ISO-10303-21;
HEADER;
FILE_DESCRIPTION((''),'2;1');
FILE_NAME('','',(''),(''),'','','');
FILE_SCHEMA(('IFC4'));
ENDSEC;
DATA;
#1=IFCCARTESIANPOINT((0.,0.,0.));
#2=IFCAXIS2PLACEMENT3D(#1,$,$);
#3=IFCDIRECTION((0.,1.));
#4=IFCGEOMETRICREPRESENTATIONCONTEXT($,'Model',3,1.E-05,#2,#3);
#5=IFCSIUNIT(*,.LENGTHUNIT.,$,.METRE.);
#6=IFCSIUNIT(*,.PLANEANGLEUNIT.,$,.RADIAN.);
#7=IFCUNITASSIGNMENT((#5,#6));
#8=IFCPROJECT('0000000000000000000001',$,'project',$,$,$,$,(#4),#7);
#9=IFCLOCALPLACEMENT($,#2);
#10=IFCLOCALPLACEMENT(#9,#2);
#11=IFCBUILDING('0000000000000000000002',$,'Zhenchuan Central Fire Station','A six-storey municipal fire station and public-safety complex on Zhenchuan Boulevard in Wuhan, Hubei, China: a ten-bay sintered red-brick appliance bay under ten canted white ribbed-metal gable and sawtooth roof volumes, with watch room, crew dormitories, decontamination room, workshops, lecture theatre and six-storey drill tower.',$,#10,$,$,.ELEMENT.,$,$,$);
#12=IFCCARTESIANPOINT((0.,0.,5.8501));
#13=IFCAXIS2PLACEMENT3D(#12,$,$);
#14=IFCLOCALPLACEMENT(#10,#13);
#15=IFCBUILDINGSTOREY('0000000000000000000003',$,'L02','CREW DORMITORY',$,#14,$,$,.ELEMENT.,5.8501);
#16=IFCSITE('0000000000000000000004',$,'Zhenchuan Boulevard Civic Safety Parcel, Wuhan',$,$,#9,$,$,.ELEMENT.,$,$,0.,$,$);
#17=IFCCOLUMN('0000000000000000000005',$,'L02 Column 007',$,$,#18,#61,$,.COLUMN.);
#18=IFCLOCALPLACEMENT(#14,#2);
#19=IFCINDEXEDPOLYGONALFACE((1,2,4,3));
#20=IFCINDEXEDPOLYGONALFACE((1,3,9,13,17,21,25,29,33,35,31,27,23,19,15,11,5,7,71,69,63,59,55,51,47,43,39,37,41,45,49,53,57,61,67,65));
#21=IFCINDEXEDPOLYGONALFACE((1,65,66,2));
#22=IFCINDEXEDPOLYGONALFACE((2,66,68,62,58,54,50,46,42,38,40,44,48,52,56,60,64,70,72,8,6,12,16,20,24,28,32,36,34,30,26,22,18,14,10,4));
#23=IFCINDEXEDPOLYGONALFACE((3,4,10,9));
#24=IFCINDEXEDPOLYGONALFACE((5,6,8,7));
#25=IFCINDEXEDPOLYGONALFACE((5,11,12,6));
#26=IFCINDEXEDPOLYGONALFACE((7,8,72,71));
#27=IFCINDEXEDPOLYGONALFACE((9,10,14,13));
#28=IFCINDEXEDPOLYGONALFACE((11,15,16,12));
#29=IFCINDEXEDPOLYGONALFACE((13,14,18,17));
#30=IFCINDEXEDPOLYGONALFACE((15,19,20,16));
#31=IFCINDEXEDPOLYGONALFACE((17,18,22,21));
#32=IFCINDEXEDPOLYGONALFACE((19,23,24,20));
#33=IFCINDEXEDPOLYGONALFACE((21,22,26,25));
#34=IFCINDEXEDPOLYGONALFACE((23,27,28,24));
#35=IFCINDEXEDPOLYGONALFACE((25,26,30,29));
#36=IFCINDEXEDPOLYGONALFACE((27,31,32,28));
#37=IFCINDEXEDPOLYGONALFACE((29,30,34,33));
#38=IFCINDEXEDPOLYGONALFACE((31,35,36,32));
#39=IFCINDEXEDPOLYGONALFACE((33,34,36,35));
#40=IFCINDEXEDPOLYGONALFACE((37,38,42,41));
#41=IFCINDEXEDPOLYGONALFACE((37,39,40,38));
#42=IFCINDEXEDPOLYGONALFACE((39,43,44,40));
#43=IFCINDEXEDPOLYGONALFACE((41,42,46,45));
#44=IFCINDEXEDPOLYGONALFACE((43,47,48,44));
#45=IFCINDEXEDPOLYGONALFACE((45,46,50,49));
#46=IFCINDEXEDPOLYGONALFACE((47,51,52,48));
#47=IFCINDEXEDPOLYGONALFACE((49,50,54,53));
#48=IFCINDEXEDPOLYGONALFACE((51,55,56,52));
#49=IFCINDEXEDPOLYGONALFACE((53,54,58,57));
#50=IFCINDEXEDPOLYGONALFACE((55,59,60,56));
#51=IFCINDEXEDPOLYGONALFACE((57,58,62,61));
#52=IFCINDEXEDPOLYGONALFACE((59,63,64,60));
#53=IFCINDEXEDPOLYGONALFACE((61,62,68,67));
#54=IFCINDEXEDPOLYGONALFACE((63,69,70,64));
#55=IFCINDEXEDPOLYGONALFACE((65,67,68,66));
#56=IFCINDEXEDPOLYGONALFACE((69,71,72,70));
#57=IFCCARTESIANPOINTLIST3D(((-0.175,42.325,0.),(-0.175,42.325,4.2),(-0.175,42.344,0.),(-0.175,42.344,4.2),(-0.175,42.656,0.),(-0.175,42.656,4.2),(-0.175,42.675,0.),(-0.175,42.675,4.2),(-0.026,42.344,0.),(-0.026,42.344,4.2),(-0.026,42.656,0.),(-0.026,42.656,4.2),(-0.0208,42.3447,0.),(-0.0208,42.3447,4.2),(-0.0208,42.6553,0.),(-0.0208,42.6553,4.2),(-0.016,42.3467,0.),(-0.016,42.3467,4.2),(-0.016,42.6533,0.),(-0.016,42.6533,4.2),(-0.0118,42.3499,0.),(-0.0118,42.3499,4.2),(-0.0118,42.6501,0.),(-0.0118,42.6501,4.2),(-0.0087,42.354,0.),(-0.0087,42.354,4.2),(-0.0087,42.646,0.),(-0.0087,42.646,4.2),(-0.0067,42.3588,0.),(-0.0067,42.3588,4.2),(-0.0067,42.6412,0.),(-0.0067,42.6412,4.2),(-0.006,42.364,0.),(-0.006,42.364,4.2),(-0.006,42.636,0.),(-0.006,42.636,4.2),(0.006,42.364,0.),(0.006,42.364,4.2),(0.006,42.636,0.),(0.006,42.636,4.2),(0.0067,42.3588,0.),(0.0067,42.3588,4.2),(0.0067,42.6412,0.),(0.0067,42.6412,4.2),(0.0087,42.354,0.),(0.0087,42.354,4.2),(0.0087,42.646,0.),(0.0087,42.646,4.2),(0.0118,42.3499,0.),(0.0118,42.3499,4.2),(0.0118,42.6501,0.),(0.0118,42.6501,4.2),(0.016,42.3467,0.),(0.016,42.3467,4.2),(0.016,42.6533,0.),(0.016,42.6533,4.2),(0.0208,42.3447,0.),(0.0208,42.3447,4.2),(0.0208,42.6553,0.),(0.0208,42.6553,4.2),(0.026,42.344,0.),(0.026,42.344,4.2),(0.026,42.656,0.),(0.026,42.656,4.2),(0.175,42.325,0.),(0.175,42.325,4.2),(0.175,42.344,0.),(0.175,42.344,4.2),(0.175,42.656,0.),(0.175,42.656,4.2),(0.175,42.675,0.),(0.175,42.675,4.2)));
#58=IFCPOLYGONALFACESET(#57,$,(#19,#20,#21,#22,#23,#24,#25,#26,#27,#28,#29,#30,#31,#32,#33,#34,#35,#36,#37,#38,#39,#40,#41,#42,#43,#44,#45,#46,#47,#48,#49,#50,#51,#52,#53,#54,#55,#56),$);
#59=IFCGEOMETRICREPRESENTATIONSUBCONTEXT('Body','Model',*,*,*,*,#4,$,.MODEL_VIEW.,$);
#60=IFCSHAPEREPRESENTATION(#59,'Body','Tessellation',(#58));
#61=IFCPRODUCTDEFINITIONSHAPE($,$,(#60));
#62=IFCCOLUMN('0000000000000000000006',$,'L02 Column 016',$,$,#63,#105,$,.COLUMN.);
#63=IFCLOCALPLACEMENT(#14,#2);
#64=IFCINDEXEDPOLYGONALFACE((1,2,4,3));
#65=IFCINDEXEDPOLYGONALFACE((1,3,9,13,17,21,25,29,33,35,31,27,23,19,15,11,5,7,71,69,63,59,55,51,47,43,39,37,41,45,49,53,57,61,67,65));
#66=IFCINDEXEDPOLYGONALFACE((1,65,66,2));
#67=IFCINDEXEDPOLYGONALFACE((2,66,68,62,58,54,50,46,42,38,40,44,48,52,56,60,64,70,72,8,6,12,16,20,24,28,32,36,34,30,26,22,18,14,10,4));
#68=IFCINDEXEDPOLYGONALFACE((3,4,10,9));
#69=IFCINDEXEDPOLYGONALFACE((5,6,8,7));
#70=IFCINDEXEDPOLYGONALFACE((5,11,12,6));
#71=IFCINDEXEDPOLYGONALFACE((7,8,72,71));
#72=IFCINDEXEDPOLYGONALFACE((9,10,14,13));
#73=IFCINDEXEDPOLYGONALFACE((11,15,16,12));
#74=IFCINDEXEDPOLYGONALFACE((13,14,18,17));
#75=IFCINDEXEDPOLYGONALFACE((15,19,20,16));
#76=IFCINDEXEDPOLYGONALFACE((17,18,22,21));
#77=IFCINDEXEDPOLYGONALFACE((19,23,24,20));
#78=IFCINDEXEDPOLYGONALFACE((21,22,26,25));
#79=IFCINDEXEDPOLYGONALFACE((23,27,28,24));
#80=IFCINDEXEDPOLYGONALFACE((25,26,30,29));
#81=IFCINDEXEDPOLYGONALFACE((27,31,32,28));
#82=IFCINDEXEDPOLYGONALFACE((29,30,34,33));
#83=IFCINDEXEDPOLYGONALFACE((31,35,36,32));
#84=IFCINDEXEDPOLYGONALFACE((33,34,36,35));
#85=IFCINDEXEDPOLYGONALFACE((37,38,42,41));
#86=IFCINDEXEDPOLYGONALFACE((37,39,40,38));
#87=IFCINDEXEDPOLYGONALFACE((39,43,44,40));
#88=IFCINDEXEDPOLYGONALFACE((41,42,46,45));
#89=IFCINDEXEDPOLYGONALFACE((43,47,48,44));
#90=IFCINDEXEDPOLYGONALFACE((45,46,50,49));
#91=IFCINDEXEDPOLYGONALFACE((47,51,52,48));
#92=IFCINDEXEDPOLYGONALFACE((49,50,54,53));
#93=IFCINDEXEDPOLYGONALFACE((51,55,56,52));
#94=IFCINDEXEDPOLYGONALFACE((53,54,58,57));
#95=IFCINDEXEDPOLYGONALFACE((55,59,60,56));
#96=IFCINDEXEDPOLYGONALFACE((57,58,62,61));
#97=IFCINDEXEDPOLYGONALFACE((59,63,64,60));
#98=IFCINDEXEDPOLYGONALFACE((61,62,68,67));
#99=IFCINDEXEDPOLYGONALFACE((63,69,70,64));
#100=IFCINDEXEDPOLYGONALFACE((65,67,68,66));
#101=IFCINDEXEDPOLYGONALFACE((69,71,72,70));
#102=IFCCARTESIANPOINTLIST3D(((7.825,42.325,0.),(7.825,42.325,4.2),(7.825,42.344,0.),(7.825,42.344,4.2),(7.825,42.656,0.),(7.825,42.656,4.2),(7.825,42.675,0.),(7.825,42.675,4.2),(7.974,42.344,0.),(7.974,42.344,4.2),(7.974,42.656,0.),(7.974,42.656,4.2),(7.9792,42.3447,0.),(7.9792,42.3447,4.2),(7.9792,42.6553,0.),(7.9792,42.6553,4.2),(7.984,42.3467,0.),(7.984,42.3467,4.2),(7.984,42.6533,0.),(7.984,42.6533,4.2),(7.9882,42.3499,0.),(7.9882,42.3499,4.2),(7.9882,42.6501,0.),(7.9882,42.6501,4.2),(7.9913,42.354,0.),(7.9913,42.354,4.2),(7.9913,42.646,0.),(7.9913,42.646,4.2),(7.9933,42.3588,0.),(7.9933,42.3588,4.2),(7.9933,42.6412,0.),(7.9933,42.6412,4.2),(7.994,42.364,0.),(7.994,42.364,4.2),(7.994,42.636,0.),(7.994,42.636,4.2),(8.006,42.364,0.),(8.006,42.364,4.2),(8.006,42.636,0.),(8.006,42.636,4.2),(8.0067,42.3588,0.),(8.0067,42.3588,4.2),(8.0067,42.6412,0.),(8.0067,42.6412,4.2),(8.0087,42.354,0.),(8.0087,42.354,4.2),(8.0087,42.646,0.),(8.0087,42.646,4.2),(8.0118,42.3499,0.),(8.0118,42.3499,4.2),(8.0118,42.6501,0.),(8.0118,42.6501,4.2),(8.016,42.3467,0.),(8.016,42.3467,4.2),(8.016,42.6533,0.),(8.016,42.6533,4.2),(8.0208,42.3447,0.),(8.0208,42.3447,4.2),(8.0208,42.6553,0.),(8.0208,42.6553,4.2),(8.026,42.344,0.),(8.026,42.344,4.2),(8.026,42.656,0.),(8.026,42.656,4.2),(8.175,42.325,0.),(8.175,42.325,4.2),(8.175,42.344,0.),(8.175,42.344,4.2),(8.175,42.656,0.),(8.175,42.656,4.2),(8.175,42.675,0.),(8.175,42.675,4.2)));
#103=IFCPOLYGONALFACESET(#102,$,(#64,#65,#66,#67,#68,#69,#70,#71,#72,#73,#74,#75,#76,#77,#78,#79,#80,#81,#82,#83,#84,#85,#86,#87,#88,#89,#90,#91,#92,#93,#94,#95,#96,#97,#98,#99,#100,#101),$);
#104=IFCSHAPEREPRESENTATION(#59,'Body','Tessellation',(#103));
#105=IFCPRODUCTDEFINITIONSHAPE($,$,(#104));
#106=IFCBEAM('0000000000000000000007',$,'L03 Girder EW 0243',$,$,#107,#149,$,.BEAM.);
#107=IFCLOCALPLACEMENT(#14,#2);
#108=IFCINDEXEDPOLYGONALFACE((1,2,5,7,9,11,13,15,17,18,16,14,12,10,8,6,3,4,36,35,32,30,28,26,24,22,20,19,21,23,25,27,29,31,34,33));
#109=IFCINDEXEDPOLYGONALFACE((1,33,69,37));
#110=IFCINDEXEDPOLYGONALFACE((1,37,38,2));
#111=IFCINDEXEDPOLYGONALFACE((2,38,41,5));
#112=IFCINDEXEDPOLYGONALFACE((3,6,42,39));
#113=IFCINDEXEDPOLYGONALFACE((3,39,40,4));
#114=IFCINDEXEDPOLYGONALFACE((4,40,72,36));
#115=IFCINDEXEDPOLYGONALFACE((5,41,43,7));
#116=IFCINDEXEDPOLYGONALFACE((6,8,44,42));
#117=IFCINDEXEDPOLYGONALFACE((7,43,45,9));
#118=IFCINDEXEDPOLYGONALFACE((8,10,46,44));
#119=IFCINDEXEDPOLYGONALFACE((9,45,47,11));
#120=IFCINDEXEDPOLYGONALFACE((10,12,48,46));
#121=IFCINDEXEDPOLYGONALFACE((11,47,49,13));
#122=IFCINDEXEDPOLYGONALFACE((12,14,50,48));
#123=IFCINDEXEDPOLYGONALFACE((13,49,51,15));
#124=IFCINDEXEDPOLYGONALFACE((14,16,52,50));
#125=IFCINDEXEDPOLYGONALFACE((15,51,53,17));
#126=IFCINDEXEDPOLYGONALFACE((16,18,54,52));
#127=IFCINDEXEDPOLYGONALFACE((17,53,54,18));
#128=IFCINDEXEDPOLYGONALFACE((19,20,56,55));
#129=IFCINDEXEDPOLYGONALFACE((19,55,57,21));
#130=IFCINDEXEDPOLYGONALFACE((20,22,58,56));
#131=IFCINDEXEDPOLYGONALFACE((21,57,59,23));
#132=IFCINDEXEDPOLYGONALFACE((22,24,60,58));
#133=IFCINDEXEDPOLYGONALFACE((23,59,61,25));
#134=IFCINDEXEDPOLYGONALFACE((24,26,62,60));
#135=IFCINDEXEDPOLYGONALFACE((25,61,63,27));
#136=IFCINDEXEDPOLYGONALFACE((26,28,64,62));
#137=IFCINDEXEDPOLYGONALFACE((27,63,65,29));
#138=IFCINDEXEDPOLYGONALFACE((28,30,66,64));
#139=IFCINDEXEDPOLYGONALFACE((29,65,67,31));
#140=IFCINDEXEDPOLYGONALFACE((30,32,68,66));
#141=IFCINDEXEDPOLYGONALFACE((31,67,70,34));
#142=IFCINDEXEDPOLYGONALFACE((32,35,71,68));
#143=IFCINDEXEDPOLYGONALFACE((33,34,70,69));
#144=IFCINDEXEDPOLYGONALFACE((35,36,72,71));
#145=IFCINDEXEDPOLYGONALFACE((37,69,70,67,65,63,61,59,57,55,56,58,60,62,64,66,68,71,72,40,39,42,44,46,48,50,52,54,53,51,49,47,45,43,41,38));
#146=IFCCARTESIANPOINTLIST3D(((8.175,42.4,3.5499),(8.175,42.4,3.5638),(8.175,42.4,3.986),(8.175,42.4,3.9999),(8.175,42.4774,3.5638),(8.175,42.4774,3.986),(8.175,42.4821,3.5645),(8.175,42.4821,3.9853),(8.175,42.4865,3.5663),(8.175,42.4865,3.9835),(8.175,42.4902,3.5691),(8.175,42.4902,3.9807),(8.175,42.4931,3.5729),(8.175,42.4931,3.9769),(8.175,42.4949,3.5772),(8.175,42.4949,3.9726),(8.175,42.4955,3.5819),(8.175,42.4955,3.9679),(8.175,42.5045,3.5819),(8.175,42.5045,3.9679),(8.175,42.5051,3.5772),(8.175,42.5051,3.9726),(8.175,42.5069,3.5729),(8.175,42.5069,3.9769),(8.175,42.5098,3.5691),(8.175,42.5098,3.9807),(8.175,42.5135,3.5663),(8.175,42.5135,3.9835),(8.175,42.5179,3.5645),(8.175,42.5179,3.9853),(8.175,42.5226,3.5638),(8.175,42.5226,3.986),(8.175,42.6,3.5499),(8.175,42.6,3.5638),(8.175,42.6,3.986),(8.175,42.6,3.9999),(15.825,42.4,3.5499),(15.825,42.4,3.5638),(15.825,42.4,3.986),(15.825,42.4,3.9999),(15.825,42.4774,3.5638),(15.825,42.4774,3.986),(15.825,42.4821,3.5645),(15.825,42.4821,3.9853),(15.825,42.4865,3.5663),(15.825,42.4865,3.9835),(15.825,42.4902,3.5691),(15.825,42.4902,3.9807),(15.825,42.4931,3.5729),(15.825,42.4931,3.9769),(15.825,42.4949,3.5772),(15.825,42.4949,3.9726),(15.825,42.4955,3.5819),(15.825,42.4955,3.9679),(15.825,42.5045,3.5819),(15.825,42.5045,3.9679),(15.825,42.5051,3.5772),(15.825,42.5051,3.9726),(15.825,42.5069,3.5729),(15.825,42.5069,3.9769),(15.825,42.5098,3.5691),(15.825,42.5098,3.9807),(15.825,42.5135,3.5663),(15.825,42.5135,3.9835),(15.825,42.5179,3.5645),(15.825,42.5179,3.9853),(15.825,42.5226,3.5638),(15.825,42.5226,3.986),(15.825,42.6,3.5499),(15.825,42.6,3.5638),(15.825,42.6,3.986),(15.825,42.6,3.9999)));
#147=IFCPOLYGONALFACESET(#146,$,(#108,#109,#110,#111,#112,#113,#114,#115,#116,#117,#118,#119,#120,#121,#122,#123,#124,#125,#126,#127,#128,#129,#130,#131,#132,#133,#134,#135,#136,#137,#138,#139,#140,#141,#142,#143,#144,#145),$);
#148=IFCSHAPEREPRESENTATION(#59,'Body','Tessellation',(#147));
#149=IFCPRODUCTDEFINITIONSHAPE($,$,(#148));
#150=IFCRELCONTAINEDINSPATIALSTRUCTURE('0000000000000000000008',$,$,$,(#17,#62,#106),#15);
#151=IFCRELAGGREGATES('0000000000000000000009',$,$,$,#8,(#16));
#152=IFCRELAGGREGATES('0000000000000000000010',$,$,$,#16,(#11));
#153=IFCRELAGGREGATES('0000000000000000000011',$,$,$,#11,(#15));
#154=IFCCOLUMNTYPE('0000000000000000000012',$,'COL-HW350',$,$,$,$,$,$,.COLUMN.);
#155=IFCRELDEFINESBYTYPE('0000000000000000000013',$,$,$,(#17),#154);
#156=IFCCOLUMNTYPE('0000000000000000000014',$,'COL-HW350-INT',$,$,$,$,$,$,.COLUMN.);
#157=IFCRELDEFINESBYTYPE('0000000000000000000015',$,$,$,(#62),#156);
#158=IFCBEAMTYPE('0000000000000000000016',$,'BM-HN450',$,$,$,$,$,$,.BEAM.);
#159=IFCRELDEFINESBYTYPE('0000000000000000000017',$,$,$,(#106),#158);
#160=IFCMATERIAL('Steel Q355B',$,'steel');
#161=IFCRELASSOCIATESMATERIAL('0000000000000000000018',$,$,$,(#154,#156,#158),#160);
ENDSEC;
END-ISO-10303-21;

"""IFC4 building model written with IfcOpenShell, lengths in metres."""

from ifc_helpers import new_model, si_unit, direction, frame, origin, origin_2d, place, context, subcontext, project, spatial, i_section, extrude, material, material_profile, profile_set, type_object, element, save


model = new_model("IFC4")

# Units and contexts
model_context = context("Model", 3, precision=1e-05, world=origin(), true_north=direction((0.0, 1.0)))
body_context = subcontext(model_context, "Body", "Model", "MODEL_VIEW")
ifc_project = project(units=[si_unit("LENGTHUNIT", "METRE"), si_unit("PLANEANGLEUNIT", "RADIAN")], contexts=[model_context])

# Site, building, storey
site_placement = place(None, origin())
site = spatial("IfcSite", under=ifc_project, at=site_placement, Name="Zhenchuan Boulevard Civic Safety Parcel, Wuhan", CompositionType="ELEMENT", RefElevation=0.0)
building_placement = place(site_placement, origin())
building = spatial("IfcBuilding", under=site, at=building_placement, Name="Zhenchuan Central Fire Station", Description="A six-storey municipal fire station and public-safety complex on Zhenchuan Boulevard in Wuhan, Hubei, China: a ten-bay sintered red-brick appliance bay under ten canted white ribbed-metal gable and sawtooth roof volumes, with watch room, crew dormitories, decontamination room, workshops, lecture theatre and six-storey drill tower.", CompositionType="ELEMENT")
storey_placement = place(building_placement, frame((0.0, 0.0, 5.8501)))
storey = spatial("IfcBuildingStorey", under=building, at=storey_placement, Name="L02", Description="CREW DORMITORY", CompositionType="ELEMENT", Elevation=5.8501)

# Columns
ifc_material_1 = material(Name="Steel Q355B", Category="steel")
ifc_material_profile_1 = material_profile(ifc_material_1, i_section(OverallWidth=0.3501, OverallDepth=0.3501, WebThickness=0.012, FlangeThickness=0.019, FilletRadius=0.02, at=origin_2d()), Name="HW 350x350")
ifc_profile_set_1 = profile_set([ifc_material_profile_1], Name="Steel Q355B")
column_type_1 = type_object("IfcColumnType", Name="COL-HW350", PredefinedType="COLUMN", material=ifc_profile_set_1)
column_1_placement = place(storey_placement, frame((0.0, 42.5, 0.0), z_axis=(0.0, 0.0, 1.0), x_axis=(1.0, 0.0, 0.0)))
element("IfcColumn", 1, at=column_1_placement, inside=storey, type_object=column_type_1, Name="L02 Column 007", PredefinedType="COLUMN", context=body_context, shape_type="SweptSolid", body=[
    extrude(i_section(OverallWidth=0.3501, OverallDepth=0.3501, WebThickness=0.012, FlangeThickness=0.019, FilletRadius=0.02, at=origin_2d()), origin(), (0.0, 0.0, 1.0), 4.2),
])
ifc_material_profile_2 = material_profile(ifc_material_1, i_section(OverallWidth=0.3501, OverallDepth=0.3501, WebThickness=0.012, FlangeThickness=0.019, FilletRadius=0.02, at=origin_2d()), Name="HW 350x350")
ifc_profile_set_2 = profile_set([ifc_material_profile_2], Name="Steel Q355B")
column_type_2 = type_object("IfcColumnType", Name="COL-HW350-INT", PredefinedType="COLUMN", material=ifc_profile_set_2)
column_2_placement = place(storey_placement, frame((8.0, 42.5, 0.0), z_axis=(0.0, 0.0, 1.0), x_axis=(1.0, 0.0, 0.0)))
element("IfcColumn", 2, at=column_2_placement, inside=storey, type_object=column_type_2, Name="L02 Column 016", PredefinedType="COLUMN", context=body_context, shape_type="SweptSolid", body=[
    extrude(i_section(OverallWidth=0.3501, OverallDepth=0.3501, WebThickness=0.012, FlangeThickness=0.019, FilletRadius=0.02, at=origin_2d()), origin(), (0.0, 0.0, 1.0), 4.2),
])

# Beam
ifc_material_profile_3 = material_profile(ifc_material_1, i_section(OverallWidth=0.2, OverallDepth=0.45, WebThickness=0.009, FlangeThickness=0.0139, FilletRadius=0.0181, at=origin_2d()), Name="HN 450x200")
ifc_profile_set_3 = profile_set([ifc_material_profile_3], Name="Steel Q355B")
beam_type_1 = type_object("IfcBeamType", Name="BM-HN450", PredefinedType="BEAM", material=ifc_profile_set_3)
beam_1_placement = place(storey_placement, frame((8.175, 42.5, 3.7749), z_axis=(1.0, 0.0, 0.0), x_axis=(0.0, 1.0, 0.0)))
element("IfcBeam", 3, at=beam_1_placement, inside=storey, type_object=beam_type_1, Name="L03 Girder EW 0243", PredefinedType="BEAM", context=body_context, shape_type="SweptSolid", body=[
    extrude(i_section(OverallWidth=0.2, OverallDepth=0.45, WebThickness=0.009, FlangeThickness=0.0139, FilletRadius=0.0181, at=origin_2d()), origin(), (0.0, 0.0, 1.0), 7.6499),
])

save(model, "model.ifc")
